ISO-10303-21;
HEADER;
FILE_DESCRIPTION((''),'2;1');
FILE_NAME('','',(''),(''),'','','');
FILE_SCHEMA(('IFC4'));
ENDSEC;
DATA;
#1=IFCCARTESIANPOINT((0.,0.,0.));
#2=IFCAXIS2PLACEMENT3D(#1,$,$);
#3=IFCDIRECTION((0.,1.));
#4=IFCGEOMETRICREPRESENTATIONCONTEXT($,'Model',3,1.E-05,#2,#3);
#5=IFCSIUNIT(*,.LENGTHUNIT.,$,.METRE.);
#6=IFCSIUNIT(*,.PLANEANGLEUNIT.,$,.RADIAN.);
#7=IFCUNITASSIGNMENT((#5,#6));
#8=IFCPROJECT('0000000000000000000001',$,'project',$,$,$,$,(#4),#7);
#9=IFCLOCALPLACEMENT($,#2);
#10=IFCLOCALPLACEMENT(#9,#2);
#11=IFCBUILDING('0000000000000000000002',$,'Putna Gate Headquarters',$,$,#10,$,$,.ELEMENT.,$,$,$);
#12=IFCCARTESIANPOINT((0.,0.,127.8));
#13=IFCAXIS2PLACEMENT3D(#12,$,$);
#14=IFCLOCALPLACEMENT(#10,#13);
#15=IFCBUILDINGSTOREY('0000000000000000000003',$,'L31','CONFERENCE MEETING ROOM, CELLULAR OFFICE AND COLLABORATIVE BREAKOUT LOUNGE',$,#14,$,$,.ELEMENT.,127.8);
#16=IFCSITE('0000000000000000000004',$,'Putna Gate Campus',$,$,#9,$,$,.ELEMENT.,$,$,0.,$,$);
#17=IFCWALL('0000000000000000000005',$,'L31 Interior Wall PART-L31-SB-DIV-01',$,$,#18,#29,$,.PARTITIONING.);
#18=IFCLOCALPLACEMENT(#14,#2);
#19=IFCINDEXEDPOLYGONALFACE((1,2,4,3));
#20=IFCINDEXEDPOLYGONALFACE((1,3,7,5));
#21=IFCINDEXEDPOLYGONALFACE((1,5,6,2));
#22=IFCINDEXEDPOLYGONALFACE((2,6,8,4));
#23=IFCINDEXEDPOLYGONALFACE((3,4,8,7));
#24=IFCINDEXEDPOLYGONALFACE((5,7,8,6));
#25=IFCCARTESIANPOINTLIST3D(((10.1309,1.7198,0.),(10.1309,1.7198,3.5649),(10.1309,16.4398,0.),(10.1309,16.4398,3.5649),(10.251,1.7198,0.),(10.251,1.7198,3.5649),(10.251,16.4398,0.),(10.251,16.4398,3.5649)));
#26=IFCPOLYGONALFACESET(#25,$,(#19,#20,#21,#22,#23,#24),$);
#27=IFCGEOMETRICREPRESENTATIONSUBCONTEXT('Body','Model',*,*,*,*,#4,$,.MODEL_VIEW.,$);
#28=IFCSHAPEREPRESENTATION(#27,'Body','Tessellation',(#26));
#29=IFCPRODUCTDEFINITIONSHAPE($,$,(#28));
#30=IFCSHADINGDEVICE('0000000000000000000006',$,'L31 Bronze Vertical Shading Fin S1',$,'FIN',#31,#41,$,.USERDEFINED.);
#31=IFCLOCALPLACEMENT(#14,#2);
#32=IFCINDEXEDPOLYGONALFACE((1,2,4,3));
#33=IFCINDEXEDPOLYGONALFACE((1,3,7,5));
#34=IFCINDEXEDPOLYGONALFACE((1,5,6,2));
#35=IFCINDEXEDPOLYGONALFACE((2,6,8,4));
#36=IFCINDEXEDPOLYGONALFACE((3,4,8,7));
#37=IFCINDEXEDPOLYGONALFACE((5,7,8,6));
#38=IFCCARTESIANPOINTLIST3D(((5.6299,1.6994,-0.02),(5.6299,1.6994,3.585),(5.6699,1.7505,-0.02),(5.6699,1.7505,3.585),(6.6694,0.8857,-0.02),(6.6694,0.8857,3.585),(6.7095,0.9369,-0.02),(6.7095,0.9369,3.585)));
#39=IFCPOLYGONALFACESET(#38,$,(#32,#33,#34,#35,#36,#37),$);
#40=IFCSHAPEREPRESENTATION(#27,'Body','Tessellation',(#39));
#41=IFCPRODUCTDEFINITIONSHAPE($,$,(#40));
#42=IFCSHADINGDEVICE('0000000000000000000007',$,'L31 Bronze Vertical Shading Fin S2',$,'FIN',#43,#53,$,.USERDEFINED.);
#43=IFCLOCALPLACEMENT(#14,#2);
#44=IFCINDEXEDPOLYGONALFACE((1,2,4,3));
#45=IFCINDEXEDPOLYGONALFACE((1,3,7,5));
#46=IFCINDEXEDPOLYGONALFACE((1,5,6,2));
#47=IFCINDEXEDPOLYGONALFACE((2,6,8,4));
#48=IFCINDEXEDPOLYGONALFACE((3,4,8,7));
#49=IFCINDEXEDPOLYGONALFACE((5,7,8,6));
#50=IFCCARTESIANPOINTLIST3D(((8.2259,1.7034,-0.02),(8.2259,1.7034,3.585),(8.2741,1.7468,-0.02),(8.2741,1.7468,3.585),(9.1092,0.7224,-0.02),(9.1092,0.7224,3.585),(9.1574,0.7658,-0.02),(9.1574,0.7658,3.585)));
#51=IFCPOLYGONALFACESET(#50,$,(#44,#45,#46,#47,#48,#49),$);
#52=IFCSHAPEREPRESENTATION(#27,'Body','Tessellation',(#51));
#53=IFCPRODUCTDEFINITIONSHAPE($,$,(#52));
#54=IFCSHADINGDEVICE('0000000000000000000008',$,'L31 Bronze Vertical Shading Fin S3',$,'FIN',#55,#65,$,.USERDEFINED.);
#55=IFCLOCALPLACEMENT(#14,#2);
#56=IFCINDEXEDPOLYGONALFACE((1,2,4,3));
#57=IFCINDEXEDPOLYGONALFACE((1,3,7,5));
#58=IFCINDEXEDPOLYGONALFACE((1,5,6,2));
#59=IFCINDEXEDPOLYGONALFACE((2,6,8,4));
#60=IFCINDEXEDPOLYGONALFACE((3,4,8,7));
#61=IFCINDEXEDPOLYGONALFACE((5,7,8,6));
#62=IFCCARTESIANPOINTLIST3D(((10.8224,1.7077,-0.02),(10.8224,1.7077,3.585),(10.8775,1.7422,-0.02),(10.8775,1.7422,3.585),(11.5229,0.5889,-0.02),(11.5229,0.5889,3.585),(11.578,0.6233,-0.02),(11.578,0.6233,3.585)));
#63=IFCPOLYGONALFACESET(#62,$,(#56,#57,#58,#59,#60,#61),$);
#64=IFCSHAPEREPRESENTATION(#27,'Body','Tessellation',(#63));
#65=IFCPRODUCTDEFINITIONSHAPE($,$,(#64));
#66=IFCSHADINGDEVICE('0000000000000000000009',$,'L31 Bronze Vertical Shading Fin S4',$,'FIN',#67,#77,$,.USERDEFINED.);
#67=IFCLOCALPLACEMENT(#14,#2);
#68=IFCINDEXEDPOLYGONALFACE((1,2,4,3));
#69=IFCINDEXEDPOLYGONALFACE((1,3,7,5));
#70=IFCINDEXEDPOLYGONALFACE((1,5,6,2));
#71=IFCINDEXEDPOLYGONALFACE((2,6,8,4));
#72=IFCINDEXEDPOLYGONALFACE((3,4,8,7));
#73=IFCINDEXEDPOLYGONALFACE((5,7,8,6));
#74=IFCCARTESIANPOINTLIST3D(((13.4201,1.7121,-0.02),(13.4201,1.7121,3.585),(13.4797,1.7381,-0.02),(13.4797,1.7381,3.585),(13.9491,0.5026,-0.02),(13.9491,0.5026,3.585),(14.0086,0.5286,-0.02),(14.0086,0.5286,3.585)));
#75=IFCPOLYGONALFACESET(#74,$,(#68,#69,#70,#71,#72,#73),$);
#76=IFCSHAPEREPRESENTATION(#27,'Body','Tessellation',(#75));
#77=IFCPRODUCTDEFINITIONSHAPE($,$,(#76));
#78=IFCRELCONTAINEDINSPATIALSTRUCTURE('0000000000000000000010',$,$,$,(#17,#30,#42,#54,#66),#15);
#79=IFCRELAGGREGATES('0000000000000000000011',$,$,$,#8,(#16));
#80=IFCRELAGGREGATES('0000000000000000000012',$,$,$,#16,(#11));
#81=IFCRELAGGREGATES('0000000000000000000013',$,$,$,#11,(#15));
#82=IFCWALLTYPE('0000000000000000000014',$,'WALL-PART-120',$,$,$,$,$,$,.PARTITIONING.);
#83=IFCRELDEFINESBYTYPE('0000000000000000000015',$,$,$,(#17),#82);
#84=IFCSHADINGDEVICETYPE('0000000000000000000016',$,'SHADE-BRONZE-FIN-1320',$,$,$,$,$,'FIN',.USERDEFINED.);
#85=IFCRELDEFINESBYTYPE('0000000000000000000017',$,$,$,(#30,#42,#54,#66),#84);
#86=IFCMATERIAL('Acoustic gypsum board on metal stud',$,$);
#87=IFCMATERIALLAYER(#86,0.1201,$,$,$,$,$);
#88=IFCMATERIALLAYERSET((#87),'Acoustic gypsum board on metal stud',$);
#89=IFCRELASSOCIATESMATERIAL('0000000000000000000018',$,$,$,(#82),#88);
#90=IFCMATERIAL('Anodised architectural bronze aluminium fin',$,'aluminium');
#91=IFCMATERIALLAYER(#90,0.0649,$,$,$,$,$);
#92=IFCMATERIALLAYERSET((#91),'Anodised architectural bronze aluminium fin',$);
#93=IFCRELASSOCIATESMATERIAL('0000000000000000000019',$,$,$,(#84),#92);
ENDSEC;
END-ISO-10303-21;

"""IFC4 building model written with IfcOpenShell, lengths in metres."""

from ifc_helpers import new_model, si_unit, direction, frame, frame_2d, origin, origin_2d, place, context, subcontext, project, spatial, rectangle, extrude, material, layer, layer_set, type_object, element, save


model = new_model("IFC4")

# Units and contexts
model_context = context("Model", 3, precision=1e-05, world=origin(), true_north=direction((0.0, 1.0)))
body_context = subcontext(model_context, "Body", "Model", "MODEL_VIEW")
ifc_project = project(units=[si_unit("LENGTHUNIT", "METRE"), si_unit("PLANEANGLEUNIT", "RADIAN")], contexts=[model_context])

# Site, building, storey
site_placement = place(None, origin())
site = spatial("IfcSite", under=ifc_project, at=site_placement, Name="Putna Gate Campus", CompositionType="ELEMENT", RefElevation=0.0)
building_placement = place(site_placement, origin())
building = spatial("IfcBuilding", under=site, at=building_placement, Name="Putna Gate Headquarters", CompositionType="ELEMENT")
storey_placement = place(building_placement, frame((0.0, 0.0, 127.8)))
storey = spatial("IfcBuildingStorey", under=building, at=storey_placement, Name="L31", Description="CONFERENCE MEETING ROOM, CELLULAR OFFICE AND COLLABORATIVE BREAKOUT LOUNGE", CompositionType="ELEMENT", Elevation=127.8)

# Wall
ifc_material_1 = material(Name="Acoustic gypsum board on metal stud")
ifc_layer_1 = layer(ifc_material_1, 0.1201)
ifc_layer_set_1 = layer_set([ifc_layer_1], Name="Acoustic gypsum board on metal stud")
wall_type_1 = type_object("IfcWallType", Name="WALL-PART-120", PredefinedType="PARTITIONING", material=ifc_layer_set_1)
wall_placement = place(storey_placement, frame((10.1909, 1.72, 0.0), z_axis=(0.0, 0.0, 1.0), x_axis=(0.0, 1.0, 0.0)))
element("IfcWall", 1, at=wall_placement, inside=storey, type_object=wall_type_1, Name="L31 Interior Wall PART-L31-SB-DIV-01", PredefinedType="PARTITIONING", context=body_context, shape_type="SweptSolid", body=[
    extrude(rectangle(XDim=14.72, YDim=0.1201, at=frame_2d((7.3599, 0.0))), origin(), (0.0, 0.0, 1.0), 3.5649),
])

# Shading devices
ifc_material_2 = material(Name="Anodised architectural bronze aluminium fin", Category="aluminium")
ifc_layer_2 = layer(ifc_material_2, 0.0649)
ifc_layer_set_2 = layer_set([ifc_layer_2], Name="Anodised architectural bronze aluminium fin")
shading_device_type = type_object("IfcShadingDeviceType", Name="SHADE-BRONZE-FIN-1320", ElementType="FIN", PredefinedType="USERDEFINED", material=ifc_layer_set_2)
for number, where, z_axis, x_axis, name in (
    (2, (6.1697, 1.3181, -0.02), (0.0, 0.0, 1.0), (0.787473, -0.616349, 0.0), "L31 Bronze Vertical Shading Fin S1"),
    (3, (8.6917, 1.2346, -0.02), (0.0, 0.0, 1.0), (0.669131, -0.743145, 0.0), "L31 Bronze Vertical Shading Fin S2"),
    (4, (11.2002, 1.1655, -0.02), (0.0, 0.0, 1.0), (0.530659, -0.847585, 0.0), "L31 Bronze Vertical Shading Fin S3"),
    (5, (13.7144, 1.1204, -0.02), (0.0, 0.0, 1.0), (0.400669, -0.916223, 0.0), "L31 Bronze Vertical Shading Fin S4"),
):
    element("IfcShadingDevice", number, at=place(storey_placement, frame(where, z_axis=z_axis, x_axis=x_axis)), inside=storey, type_object=shading_device_type, Name=name, ObjectType="FIN", PredefinedType="USERDEFINED", context=body_context, shape_type="SweptSolid", body=[
        extrude(rectangle(XDim=1.3201, YDim=0.0649, at=origin_2d()), origin(), (0.0, 0.0, 1.0), 3.605),
    ])

save(model, "model.ifc")
